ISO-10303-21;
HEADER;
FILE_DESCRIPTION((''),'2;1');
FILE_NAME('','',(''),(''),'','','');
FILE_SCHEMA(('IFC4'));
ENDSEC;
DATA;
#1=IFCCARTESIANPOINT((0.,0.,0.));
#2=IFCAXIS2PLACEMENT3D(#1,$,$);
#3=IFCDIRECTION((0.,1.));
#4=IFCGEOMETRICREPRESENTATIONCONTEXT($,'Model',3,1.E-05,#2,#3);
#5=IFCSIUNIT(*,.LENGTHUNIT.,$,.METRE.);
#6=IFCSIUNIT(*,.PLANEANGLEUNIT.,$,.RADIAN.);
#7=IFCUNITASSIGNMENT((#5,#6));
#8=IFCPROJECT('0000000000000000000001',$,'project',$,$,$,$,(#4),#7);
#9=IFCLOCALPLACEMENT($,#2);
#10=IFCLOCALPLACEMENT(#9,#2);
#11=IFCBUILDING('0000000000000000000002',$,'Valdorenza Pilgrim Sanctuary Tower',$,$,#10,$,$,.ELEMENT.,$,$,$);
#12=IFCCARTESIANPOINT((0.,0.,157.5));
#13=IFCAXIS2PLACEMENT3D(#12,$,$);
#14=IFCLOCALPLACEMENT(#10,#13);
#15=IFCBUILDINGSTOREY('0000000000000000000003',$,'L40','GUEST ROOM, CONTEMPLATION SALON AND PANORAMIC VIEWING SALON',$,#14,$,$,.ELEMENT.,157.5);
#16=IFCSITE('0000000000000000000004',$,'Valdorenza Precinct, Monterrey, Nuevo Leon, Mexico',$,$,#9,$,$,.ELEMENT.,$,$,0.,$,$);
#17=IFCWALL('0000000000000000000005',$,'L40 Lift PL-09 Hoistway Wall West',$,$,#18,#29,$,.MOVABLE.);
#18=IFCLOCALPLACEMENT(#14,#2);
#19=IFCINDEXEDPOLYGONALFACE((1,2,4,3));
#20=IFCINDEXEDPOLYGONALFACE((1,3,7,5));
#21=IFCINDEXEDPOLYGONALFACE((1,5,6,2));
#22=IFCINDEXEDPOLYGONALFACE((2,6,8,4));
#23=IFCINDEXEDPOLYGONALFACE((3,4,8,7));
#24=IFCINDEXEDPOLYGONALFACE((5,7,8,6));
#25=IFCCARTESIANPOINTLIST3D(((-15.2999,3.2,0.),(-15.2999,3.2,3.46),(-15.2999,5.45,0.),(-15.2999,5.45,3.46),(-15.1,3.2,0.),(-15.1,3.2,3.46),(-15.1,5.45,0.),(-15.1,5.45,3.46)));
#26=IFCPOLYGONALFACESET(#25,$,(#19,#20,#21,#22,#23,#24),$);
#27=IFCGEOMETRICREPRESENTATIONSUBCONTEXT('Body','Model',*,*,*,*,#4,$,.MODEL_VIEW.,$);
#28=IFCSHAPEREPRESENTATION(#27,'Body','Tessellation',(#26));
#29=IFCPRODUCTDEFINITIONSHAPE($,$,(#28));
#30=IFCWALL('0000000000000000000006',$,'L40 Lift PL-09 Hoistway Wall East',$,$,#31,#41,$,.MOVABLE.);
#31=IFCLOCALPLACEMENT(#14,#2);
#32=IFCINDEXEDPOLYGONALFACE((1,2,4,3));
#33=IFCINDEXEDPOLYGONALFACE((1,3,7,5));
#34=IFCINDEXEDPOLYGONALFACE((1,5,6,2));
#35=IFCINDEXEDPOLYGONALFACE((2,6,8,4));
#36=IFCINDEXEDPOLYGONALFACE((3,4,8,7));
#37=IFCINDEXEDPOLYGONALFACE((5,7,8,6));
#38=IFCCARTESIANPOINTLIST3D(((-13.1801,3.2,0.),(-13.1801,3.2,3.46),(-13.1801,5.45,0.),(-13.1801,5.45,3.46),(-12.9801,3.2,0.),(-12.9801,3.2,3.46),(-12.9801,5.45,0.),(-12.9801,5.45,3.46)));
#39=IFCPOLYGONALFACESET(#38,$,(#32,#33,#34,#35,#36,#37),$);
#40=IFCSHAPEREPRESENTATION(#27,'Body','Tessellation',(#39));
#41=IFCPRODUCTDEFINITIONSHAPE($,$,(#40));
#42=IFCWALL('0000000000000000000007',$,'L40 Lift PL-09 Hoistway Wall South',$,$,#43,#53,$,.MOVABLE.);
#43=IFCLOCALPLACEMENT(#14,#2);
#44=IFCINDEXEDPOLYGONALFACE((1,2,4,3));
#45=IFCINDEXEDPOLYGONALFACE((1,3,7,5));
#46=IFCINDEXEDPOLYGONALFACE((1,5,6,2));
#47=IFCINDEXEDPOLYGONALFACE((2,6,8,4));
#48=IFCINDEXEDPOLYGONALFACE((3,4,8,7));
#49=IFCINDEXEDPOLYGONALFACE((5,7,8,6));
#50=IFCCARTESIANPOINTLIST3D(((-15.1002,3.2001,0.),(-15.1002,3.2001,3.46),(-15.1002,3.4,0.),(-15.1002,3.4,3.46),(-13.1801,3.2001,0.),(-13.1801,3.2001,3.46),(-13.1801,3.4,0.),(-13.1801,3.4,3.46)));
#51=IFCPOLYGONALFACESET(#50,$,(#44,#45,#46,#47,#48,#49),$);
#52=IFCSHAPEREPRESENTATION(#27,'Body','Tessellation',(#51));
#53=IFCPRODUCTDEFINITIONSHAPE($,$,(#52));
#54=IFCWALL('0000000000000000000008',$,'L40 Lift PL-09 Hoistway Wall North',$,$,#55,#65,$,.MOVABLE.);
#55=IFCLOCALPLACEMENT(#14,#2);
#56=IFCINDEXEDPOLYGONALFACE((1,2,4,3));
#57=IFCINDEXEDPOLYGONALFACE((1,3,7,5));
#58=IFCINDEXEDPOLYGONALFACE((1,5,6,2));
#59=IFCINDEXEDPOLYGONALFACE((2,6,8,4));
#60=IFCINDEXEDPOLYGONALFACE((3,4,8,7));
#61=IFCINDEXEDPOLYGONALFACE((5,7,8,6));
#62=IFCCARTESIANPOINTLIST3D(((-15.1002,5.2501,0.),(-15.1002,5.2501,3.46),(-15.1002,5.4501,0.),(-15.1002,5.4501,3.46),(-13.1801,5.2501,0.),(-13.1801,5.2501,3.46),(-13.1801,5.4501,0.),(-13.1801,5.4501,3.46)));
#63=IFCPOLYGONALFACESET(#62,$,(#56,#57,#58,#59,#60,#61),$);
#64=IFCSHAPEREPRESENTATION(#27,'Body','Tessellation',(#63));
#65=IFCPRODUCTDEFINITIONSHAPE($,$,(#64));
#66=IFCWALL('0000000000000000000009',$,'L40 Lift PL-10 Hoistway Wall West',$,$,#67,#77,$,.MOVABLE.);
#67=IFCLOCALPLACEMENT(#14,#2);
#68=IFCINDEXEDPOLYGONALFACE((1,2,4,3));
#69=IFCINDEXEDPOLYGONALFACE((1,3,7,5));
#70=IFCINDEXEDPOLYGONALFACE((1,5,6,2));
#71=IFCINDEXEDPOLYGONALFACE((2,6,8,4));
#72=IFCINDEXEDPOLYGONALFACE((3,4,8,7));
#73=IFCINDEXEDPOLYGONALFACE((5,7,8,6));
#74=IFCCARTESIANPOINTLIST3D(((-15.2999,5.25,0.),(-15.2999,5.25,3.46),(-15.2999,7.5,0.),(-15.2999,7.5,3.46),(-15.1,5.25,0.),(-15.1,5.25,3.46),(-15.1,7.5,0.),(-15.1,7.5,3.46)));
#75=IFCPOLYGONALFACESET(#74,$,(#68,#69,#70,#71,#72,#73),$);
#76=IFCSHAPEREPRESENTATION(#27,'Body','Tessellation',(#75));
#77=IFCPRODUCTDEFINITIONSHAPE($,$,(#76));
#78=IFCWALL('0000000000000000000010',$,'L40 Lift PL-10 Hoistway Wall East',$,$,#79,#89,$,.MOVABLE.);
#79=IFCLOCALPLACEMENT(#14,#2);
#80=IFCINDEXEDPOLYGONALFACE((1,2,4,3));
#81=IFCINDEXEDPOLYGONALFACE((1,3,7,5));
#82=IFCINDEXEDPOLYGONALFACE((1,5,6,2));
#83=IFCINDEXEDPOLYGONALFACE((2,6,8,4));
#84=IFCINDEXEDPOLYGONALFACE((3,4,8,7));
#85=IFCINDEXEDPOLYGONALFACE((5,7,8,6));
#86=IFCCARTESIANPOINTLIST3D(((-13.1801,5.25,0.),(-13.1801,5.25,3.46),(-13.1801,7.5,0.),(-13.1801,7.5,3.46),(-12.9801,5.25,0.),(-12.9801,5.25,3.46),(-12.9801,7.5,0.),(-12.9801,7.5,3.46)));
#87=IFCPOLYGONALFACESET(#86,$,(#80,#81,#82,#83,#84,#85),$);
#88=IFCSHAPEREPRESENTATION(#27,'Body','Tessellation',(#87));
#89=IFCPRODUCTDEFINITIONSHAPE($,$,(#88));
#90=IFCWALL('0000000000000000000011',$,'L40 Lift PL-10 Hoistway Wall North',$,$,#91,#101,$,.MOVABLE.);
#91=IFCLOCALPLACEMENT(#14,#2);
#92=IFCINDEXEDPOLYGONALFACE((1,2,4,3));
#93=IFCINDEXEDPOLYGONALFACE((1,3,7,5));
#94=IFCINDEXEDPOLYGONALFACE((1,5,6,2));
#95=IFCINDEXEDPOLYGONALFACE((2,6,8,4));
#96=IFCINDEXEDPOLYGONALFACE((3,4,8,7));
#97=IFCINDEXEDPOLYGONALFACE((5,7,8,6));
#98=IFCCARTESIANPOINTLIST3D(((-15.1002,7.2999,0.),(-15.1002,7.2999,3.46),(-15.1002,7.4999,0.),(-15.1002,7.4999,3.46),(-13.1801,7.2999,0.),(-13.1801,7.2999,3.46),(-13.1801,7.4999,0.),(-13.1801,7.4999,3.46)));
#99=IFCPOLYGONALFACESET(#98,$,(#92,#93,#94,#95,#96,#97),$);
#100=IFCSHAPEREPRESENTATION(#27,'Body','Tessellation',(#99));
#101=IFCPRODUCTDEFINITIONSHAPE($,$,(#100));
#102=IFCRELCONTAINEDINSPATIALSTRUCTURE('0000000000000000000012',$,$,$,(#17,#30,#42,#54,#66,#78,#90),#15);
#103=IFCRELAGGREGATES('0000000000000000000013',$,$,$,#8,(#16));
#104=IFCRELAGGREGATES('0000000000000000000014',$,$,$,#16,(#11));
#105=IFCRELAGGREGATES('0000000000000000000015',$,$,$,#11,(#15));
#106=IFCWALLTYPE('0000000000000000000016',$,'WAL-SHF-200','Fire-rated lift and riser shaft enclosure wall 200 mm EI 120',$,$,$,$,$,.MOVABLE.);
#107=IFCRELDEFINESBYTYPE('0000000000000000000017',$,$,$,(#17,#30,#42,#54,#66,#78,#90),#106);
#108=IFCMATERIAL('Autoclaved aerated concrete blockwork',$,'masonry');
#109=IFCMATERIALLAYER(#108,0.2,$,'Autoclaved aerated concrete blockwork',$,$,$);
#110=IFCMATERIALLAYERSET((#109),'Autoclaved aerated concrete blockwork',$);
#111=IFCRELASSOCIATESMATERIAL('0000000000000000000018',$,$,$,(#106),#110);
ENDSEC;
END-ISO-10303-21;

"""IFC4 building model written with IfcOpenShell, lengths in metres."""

from ifc_helpers import new_model, si_unit, direction, frame, frame_2d, origin, place, context, subcontext, project, spatial, rectangle, extrude, material, layer, layer_set, type_object, element, save


model = new_model("IFC4")

# Units and contexts
model_context = context("Model", 3, precision=1e-05, world=origin(), true_north=direction((0.0, 1.0)))
body_context = subcontext(model_context, "Body", "Model", "MODEL_VIEW")
ifc_project = project(units=[si_unit("LENGTHUNIT", "METRE"), si_unit("PLANEANGLEUNIT", "RADIAN")], contexts=[model_context])

# Site, building, storey
site_placement = place(None, origin())
site = spatial("IfcSite", under=ifc_project, at=site_placement, Name="Valdorenza Precinct, Monterrey, Nuevo Leon, Mexico", CompositionType="ELEMENT", RefElevation=0.0)
building_placement = place(site_placement, origin())
building = spatial("IfcBuilding", under=site, at=building_placement, Name="Valdorenza Pilgrim Sanctuary Tower", CompositionType="ELEMENT")
storey_placement = place(building_placement, frame((0.0, 0.0, 157.5)))
storey = spatial("IfcBuildingStorey", under=building, at=storey_placement, Name="L40", Description="GUEST ROOM, CONTEMPLATION SALON AND PANORAMIC VIEWING SALON", CompositionType="ELEMENT", Elevation=157.5)

# Shared definitions
ifc_material_1 = material(Name="Autoclaved aerated concrete blockwork", Category="masonry")
ifc_layer_1 = layer(ifc_material_1, 0.2, Name="Autoclaved aerated concrete blockwork")
ifc_layer_set_1 = layer_set([ifc_layer_1], Name="Autoclaved aerated concrete blockwork")
wall_type_1 = type_object("IfcWallType", Name="WAL-SHF-200", Description="Fire-rated lift and riser shaft enclosure wall 200 mm EI 120", PredefinedType="MOVABLE", material=ifc_layer_set_1)

# Walls
for number, where, z_axis, x_axis, name in (
    (1, (-15.2, 3.2, 0.0), (0.0, 0.0, 1.0), (0.0, 1.0, 0.0), "L40 Lift PL-09 Hoistway Wall West"),
    (2, (-13.0801, 3.2, 0.0), (0.0, 0.0, 1.0), (0.0, 1.0, 0.0), "L40 Lift PL-09 Hoistway Wall East"),
):
    element("IfcWall", number, at=place(storey_placement, frame(where, z_axis=z_axis, x_axis=x_axis)), inside=storey, type_object=wall_type_1, Name=name, PredefinedType="MOVABLE", context=body_context, shape_type="SweptSolid", body=[
        extrude(rectangle(XDim=2.25, YDim=0.2, at=frame_2d((1.125, 0.0))), origin(), (0.0, 0.0, 1.0), 3.46),
    ])
for number, where, z_axis, x_axis, name in (
    (3, (-15.1001, 3.3, 0.0), (0.0, 0.0, 1.0), (1.0, 0.0, 0.0), "L40 Lift PL-09 Hoistway Wall South"),
    (4, (-15.1001, 5.3501, 0.0), (0.0, 0.0, 1.0), (1.0, 0.0, 0.0), "L40 Lift PL-09 Hoistway Wall North"),
):
    element("IfcWall", number, at=place(storey_placement, frame(where, z_axis=z_axis, x_axis=x_axis)), inside=storey, type_object=wall_type_1, Name=name, PredefinedType="MOVABLE", context=body_context, shape_type="SweptSolid", body=[
        extrude(rectangle(XDim=1.9202, YDim=0.2, at=frame_2d((0.96, 0.0))), origin(), (0.0, 0.0, 1.0), 3.46),
    ])
for number, where, z_axis, x_axis, name in (
    (5, (-15.2, 5.25, 0.0), (0.0, 0.0, 1.0), (0.0, 1.0, 0.0), "L40 Lift PL-10 Hoistway Wall West"),
    (6, (-13.0801, 5.25, 0.0), (0.0, 0.0, 1.0), (0.0, 1.0, 0.0), "L40 Lift PL-10 Hoistway Wall East"),
):
    element("IfcWall", number, at=place(storey_placement, frame(where, z_axis=z_axis, x_axis=x_axis)), inside=storey, type_object=wall_type_1, Name=name, PredefinedType="MOVABLE", context=body_context, shape_type="SweptSolid", body=[
        extrude(rectangle(XDim=2.25, YDim=0.2, at=frame_2d((1.125, 0.0))), origin(), (0.0, 0.0, 1.0), 3.46),
    ])
wall_1_placement = place(storey_placement, frame((-15.1001, 7.3999, 0.0), z_axis=(0.0, 0.0, 1.0), x_axis=(1.0, 0.0, 0.0)))
element("IfcWall", 7, at=wall_1_placement, inside=storey, type_object=wall_type_1, Name="L40 Lift PL-10 Hoistway Wall North", PredefinedType="MOVABLE", context=body_context, shape_type="SweptSolid", body=[
    extrude(rectangle(XDim=1.9202, YDim=0.2, at=frame_2d((0.96, 0.0))), origin(), (0.0, 0.0, 1.0), 3.46),
])

save(model, "model.ifc")
